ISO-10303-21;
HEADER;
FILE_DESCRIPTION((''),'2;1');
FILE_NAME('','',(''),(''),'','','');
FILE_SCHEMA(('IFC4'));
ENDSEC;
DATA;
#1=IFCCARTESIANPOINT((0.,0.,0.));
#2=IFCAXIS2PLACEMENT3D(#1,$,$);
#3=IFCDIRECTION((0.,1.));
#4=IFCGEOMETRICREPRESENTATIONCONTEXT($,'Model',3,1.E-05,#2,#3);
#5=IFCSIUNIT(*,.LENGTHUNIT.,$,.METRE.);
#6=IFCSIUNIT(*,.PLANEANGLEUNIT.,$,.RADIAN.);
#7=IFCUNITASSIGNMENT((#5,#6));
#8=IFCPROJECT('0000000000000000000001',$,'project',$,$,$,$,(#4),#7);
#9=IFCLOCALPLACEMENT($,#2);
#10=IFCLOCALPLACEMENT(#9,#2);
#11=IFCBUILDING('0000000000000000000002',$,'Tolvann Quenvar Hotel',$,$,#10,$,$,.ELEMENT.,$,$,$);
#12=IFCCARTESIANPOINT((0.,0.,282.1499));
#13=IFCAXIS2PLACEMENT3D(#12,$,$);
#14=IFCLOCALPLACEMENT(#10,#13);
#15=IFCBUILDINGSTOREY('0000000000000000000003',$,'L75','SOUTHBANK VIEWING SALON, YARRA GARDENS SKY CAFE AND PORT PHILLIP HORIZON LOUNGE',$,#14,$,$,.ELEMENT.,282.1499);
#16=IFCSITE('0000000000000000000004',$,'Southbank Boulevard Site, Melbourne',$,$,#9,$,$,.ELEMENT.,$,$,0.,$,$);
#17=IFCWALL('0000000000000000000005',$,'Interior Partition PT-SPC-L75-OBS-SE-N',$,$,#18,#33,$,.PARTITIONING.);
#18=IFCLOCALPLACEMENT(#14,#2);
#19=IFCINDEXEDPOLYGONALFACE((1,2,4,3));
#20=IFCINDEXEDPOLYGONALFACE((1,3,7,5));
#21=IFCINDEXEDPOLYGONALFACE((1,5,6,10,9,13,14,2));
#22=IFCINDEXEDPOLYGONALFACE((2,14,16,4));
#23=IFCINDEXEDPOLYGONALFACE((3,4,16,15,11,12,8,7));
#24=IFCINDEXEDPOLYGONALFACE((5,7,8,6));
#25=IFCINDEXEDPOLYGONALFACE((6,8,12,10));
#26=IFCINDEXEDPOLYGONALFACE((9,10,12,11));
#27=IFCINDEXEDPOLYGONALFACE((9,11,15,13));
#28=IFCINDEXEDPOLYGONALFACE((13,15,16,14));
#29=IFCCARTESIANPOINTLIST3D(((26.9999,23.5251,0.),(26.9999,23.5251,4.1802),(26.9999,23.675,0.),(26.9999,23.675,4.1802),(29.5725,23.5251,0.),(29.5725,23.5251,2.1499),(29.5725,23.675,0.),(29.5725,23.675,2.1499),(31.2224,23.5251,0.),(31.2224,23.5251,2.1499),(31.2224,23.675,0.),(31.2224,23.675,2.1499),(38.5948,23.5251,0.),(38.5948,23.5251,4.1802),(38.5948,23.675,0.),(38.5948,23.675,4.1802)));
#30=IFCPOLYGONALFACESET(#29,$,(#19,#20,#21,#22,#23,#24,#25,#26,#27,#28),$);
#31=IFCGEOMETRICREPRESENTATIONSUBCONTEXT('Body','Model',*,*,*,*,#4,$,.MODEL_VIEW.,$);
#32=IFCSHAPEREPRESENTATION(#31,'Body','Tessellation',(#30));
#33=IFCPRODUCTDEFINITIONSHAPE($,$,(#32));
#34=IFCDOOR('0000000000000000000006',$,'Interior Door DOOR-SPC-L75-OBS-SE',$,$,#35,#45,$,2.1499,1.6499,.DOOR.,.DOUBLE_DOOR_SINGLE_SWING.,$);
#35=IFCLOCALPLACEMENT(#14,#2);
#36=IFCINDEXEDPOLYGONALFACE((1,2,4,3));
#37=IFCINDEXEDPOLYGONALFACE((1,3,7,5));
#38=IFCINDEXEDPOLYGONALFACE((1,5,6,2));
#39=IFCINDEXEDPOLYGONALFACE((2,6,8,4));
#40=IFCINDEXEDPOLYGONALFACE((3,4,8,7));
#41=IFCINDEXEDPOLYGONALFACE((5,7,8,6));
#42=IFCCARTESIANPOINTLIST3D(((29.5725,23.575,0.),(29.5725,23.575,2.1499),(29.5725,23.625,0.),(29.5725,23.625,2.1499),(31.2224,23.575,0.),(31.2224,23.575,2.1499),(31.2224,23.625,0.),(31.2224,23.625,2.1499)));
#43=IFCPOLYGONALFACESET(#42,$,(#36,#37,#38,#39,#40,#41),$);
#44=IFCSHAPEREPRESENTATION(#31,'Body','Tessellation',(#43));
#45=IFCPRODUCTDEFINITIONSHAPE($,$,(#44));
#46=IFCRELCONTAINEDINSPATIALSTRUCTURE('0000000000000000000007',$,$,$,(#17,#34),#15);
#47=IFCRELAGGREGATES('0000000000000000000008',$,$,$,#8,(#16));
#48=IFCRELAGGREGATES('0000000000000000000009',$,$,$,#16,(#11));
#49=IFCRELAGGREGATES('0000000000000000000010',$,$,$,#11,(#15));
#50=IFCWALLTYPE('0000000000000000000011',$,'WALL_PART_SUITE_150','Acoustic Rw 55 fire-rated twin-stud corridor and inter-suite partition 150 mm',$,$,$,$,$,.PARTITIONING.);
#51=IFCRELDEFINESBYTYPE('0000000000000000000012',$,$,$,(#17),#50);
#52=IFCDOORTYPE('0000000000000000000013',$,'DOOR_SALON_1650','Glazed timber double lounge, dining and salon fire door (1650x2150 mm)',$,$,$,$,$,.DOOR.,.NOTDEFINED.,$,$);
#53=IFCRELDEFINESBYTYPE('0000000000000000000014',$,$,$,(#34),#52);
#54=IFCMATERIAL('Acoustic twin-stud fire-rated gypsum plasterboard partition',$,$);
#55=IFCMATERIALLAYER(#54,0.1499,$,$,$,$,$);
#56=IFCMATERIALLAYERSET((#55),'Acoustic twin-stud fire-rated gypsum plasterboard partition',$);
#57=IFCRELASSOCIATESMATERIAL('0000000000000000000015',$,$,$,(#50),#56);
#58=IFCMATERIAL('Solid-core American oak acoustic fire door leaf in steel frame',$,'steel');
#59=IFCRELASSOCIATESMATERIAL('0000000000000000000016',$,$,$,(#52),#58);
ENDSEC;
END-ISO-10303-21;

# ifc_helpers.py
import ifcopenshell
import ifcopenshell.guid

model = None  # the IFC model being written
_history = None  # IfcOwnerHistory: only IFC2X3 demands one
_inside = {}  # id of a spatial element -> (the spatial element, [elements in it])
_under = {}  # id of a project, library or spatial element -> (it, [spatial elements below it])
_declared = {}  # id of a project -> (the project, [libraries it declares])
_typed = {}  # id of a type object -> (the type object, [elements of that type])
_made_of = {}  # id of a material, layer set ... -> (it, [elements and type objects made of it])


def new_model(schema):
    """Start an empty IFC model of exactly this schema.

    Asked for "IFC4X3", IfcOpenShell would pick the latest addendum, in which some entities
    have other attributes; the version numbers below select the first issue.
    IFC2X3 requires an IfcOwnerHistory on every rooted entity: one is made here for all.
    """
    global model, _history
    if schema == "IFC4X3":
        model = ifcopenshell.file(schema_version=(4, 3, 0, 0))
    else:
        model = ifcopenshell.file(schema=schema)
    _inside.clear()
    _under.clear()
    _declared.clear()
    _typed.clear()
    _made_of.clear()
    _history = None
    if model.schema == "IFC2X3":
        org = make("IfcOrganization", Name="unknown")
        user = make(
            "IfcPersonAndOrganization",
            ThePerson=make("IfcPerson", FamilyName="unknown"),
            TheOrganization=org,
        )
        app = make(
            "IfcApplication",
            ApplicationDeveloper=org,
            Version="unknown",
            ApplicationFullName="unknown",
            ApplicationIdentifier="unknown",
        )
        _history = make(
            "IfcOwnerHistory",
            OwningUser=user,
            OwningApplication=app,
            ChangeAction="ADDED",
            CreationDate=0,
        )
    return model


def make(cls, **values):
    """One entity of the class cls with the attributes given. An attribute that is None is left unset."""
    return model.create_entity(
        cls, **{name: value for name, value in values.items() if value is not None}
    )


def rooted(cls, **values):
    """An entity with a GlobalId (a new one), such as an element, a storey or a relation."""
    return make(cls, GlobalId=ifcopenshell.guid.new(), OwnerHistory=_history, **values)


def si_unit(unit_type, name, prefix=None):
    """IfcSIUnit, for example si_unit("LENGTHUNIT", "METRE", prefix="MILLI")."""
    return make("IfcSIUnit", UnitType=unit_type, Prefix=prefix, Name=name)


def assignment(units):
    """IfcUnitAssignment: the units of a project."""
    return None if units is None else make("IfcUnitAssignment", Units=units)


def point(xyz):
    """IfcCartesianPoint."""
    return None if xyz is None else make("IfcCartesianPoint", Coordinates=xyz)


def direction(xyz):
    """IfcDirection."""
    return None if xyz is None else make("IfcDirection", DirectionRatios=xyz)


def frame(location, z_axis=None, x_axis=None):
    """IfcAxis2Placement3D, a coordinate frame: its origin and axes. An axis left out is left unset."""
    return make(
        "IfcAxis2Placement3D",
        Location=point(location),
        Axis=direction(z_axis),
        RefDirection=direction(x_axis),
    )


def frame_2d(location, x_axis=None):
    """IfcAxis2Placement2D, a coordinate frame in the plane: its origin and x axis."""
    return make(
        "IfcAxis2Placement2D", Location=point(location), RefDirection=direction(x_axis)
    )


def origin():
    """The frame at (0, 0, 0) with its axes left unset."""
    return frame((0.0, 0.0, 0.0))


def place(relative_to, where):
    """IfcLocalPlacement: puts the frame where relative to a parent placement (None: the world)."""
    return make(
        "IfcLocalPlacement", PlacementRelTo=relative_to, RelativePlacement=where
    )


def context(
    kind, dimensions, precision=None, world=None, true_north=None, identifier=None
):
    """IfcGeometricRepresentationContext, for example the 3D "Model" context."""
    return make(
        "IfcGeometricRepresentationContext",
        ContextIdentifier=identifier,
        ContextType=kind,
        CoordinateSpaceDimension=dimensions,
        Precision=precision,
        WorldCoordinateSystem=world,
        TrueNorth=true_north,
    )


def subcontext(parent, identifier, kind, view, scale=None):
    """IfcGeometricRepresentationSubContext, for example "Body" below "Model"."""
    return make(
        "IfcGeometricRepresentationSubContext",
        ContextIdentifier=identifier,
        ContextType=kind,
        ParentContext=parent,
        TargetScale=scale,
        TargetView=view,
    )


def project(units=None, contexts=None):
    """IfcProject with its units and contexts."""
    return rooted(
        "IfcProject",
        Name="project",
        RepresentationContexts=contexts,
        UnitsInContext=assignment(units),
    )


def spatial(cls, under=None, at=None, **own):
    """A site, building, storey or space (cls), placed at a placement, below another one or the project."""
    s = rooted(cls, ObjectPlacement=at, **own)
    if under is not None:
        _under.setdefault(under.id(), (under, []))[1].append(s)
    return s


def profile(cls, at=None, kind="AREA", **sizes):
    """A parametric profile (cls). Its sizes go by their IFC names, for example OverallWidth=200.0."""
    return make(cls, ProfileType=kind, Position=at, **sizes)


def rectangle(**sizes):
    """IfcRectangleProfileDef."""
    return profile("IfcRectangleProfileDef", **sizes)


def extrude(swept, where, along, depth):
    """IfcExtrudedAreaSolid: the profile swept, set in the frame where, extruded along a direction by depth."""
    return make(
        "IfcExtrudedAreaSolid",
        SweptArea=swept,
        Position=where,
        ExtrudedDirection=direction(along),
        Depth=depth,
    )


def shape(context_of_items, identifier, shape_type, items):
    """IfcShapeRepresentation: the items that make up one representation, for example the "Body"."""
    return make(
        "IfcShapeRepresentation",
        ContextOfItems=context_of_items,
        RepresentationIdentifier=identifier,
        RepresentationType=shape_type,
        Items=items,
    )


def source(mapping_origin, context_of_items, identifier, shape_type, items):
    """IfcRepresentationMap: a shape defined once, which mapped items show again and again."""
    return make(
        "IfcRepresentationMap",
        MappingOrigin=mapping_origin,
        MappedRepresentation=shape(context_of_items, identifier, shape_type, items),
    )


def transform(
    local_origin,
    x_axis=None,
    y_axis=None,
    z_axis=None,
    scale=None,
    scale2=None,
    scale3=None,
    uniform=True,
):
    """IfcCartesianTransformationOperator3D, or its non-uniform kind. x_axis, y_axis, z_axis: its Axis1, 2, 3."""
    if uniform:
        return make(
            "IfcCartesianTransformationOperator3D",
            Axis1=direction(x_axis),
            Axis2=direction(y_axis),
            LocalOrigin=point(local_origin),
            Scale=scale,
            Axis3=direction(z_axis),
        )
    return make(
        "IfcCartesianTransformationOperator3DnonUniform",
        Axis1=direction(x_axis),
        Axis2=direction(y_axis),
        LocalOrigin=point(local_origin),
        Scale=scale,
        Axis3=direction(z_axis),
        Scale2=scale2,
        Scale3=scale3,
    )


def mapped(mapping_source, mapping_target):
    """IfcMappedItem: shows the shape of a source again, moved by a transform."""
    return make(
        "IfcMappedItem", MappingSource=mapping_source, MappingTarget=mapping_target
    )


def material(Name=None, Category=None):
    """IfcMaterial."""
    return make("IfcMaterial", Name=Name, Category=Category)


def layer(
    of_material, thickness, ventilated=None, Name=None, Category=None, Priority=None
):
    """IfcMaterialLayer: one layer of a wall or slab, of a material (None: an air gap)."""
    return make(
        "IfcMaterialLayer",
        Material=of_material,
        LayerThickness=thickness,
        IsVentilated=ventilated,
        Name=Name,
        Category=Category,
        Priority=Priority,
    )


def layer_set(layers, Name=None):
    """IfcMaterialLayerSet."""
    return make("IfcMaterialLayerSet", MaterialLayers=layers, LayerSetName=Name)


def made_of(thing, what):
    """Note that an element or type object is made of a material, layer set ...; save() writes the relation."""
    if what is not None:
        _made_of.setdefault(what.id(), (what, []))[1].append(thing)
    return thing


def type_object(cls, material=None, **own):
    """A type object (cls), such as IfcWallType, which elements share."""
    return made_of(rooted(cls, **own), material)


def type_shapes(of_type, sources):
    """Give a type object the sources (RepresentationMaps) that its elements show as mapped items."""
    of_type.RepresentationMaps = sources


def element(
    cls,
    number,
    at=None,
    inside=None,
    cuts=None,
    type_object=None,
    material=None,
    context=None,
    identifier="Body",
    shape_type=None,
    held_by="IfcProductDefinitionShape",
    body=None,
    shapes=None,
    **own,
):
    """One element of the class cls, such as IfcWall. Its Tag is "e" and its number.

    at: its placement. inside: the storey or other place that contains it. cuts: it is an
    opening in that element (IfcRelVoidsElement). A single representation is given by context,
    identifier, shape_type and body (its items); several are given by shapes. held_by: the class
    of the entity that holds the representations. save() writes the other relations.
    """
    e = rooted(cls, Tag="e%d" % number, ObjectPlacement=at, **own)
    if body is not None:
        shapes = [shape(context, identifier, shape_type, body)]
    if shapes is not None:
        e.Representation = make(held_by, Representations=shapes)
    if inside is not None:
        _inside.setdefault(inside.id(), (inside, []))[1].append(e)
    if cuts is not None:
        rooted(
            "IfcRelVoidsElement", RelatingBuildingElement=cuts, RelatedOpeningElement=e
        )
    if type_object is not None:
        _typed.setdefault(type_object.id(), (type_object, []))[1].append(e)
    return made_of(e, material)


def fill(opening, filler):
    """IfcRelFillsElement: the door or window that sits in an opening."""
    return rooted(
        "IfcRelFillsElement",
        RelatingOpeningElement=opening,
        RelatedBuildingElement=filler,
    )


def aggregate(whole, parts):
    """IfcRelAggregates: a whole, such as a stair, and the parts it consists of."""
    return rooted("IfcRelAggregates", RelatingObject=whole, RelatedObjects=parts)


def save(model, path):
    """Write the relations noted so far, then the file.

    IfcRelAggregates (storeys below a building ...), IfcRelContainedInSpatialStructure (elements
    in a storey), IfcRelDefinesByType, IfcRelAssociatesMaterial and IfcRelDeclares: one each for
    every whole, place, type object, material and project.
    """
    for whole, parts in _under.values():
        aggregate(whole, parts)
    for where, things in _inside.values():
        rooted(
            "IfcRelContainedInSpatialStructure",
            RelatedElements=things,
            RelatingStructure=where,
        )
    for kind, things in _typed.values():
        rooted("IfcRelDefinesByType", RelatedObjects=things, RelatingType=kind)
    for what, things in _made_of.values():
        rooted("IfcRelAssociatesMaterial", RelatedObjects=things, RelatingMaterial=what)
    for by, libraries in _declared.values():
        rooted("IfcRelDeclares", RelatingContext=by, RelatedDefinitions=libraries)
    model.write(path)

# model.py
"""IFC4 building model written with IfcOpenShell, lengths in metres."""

from ifc_helpers import new_model, si_unit, direction, frame, frame_2d, origin, place, context, subcontext, project, spatial, rectangle, extrude, source, transform, mapped, material, layer, layer_set, type_object, type_shapes, element, fill, save


model = new_model("IFC4")

# Units and contexts
model_context = context("Model", 3, precision=1e-05, world=origin(), true_north=direction((0.0, 1.0)))
body_context = subcontext(model_context, "Body", "Model", "MODEL_VIEW")
ifc_project = project(units=[si_unit("LENGTHUNIT", "METRE"), si_unit("PLANEANGLEUNIT", "RADIAN")], contexts=[model_context])

# Site, building, storey
site_placement = place(None, origin())
site = spatial("IfcSite", under=ifc_project, at=site_placement, Name="Southbank Boulevard Site, Melbourne", CompositionType="ELEMENT", RefElevation=0.0)
building_placement = place(site_placement, origin())
building = spatial("IfcBuilding", under=site, at=building_placement, Name="Tolvann Quenvar Hotel", CompositionType="ELEMENT")
storey_placement = place(building_placement, frame((0.0, 0.0, 282.1499)))
storey = spatial("IfcBuildingStorey", under=building, at=storey_placement, Name="L75", Description="SOUTHBANK VIEWING SALON, YARRA GARDENS SKY CAFE AND PORT PHILLIP HORIZON LOUNGE", CompositionType="ELEMENT", Elevation=282.1499)

# Wall, opening, door
ifc_material_1 = material(Name="Acoustic twin-stud fire-rated gypsum plasterboard partition")
ifc_layer = layer(ifc_material_1, 0.1499)
ifc_layer_set = layer_set([ifc_layer], Name="Acoustic twin-stud fire-rated gypsum plasterboard partition")
wall_type = type_object("IfcWallType", Name="WALL_PART_SUITE_150", Description="Acoustic Rw 55 fire-rated twin-stud corridor and inter-suite partition 150 mm", PredefinedType="PARTITIONING", material=ifc_layer_set)
wall_placement = place(storey_placement, frame((27.0, 23.6001, 0.0), z_axis=(0.0, 0.0, 1.0), x_axis=(1.0, 0.0, 0.0)))
wall = element("IfcWall", 1, at=wall_placement, inside=storey, type_object=wall_type, Name="Interior Partition PT-SPC-L75-OBS-SE-N", PredefinedType="PARTITIONING", context=body_context, shape_type="SweptSolid", body=[
    extrude(rectangle(XDim=11.595, YDim=0.1499, at=frame_2d((5.7974, 0.0))), origin(), (0.0, 0.0, 1.0), 4.1802),
])
opening_placement = place(wall_placement, frame((2.5725, 0.0, 0.0)))
opening = element("IfcOpeningElement", 2, at=opening_placement, cuts=wall, PredefinedType="OPENING", context=body_context, shape_type="SweptSolid", body=[
    extrude(rectangle(XDim=1.6499, YDim=2.1499, at=frame_2d((0.825, 1.075))), frame((0.0, 0.085, 0.0), z_axis=(0.0, -1.0, 0.0), x_axis=(1.0, 0.0, 0.0)), (0.0, 0.0, 1.0), 0.1699),
])
ifc_material_2 = material(Name="Solid-core American oak acoustic fire door leaf in steel frame", Category="steel")
door_type = type_object("IfcDoorType", Name="DOOR_SALON_1650", Description="Glazed timber double lounge, dining and salon fire door (1650x2150 mm)", OperationType="NOTDEFINED", PredefinedType="DOOR", material=ifc_material_2)
shared_shape_1 = source(origin(), body_context, "Body", "SweptSolid", [
    extrude(rectangle(XDim=1.6499, YDim=2.1499, at=frame_2d((0.825, 1.075))), frame((0.0, 0.0249, 0.0), z_axis=(0.0, -1.0, 0.0), x_axis=(1.0, 0.0, 0.0)), (0.0, 0.0, 1.0), 0.05),
])
type_shapes(door_type, [shared_shape_1])
door_placement = place(opening_placement, origin())
door = element("IfcDoor", 3, at=door_placement, inside=storey, type_object=door_type, Name="Interior Door DOOR-SPC-L75-OBS-SE", OperationType="DOUBLE_DOOR_SINGLE_SWING", OverallHeight=2.1499, OverallWidth=1.6499, PredefinedType="DOOR", context=body_context, shape_type="MappedRepresentation", body=[
    mapped(shared_shape_1, transform((0.0, 0.0, 0.0), x_axis=(1.0, 0.0, 0.0), y_axis=(0.0, 1.0, 0.0), z_axis=(0.0, 0.0, 1.0), scale=1.0)),
])
fill(opening, door)

save(model, "model.ifc")
